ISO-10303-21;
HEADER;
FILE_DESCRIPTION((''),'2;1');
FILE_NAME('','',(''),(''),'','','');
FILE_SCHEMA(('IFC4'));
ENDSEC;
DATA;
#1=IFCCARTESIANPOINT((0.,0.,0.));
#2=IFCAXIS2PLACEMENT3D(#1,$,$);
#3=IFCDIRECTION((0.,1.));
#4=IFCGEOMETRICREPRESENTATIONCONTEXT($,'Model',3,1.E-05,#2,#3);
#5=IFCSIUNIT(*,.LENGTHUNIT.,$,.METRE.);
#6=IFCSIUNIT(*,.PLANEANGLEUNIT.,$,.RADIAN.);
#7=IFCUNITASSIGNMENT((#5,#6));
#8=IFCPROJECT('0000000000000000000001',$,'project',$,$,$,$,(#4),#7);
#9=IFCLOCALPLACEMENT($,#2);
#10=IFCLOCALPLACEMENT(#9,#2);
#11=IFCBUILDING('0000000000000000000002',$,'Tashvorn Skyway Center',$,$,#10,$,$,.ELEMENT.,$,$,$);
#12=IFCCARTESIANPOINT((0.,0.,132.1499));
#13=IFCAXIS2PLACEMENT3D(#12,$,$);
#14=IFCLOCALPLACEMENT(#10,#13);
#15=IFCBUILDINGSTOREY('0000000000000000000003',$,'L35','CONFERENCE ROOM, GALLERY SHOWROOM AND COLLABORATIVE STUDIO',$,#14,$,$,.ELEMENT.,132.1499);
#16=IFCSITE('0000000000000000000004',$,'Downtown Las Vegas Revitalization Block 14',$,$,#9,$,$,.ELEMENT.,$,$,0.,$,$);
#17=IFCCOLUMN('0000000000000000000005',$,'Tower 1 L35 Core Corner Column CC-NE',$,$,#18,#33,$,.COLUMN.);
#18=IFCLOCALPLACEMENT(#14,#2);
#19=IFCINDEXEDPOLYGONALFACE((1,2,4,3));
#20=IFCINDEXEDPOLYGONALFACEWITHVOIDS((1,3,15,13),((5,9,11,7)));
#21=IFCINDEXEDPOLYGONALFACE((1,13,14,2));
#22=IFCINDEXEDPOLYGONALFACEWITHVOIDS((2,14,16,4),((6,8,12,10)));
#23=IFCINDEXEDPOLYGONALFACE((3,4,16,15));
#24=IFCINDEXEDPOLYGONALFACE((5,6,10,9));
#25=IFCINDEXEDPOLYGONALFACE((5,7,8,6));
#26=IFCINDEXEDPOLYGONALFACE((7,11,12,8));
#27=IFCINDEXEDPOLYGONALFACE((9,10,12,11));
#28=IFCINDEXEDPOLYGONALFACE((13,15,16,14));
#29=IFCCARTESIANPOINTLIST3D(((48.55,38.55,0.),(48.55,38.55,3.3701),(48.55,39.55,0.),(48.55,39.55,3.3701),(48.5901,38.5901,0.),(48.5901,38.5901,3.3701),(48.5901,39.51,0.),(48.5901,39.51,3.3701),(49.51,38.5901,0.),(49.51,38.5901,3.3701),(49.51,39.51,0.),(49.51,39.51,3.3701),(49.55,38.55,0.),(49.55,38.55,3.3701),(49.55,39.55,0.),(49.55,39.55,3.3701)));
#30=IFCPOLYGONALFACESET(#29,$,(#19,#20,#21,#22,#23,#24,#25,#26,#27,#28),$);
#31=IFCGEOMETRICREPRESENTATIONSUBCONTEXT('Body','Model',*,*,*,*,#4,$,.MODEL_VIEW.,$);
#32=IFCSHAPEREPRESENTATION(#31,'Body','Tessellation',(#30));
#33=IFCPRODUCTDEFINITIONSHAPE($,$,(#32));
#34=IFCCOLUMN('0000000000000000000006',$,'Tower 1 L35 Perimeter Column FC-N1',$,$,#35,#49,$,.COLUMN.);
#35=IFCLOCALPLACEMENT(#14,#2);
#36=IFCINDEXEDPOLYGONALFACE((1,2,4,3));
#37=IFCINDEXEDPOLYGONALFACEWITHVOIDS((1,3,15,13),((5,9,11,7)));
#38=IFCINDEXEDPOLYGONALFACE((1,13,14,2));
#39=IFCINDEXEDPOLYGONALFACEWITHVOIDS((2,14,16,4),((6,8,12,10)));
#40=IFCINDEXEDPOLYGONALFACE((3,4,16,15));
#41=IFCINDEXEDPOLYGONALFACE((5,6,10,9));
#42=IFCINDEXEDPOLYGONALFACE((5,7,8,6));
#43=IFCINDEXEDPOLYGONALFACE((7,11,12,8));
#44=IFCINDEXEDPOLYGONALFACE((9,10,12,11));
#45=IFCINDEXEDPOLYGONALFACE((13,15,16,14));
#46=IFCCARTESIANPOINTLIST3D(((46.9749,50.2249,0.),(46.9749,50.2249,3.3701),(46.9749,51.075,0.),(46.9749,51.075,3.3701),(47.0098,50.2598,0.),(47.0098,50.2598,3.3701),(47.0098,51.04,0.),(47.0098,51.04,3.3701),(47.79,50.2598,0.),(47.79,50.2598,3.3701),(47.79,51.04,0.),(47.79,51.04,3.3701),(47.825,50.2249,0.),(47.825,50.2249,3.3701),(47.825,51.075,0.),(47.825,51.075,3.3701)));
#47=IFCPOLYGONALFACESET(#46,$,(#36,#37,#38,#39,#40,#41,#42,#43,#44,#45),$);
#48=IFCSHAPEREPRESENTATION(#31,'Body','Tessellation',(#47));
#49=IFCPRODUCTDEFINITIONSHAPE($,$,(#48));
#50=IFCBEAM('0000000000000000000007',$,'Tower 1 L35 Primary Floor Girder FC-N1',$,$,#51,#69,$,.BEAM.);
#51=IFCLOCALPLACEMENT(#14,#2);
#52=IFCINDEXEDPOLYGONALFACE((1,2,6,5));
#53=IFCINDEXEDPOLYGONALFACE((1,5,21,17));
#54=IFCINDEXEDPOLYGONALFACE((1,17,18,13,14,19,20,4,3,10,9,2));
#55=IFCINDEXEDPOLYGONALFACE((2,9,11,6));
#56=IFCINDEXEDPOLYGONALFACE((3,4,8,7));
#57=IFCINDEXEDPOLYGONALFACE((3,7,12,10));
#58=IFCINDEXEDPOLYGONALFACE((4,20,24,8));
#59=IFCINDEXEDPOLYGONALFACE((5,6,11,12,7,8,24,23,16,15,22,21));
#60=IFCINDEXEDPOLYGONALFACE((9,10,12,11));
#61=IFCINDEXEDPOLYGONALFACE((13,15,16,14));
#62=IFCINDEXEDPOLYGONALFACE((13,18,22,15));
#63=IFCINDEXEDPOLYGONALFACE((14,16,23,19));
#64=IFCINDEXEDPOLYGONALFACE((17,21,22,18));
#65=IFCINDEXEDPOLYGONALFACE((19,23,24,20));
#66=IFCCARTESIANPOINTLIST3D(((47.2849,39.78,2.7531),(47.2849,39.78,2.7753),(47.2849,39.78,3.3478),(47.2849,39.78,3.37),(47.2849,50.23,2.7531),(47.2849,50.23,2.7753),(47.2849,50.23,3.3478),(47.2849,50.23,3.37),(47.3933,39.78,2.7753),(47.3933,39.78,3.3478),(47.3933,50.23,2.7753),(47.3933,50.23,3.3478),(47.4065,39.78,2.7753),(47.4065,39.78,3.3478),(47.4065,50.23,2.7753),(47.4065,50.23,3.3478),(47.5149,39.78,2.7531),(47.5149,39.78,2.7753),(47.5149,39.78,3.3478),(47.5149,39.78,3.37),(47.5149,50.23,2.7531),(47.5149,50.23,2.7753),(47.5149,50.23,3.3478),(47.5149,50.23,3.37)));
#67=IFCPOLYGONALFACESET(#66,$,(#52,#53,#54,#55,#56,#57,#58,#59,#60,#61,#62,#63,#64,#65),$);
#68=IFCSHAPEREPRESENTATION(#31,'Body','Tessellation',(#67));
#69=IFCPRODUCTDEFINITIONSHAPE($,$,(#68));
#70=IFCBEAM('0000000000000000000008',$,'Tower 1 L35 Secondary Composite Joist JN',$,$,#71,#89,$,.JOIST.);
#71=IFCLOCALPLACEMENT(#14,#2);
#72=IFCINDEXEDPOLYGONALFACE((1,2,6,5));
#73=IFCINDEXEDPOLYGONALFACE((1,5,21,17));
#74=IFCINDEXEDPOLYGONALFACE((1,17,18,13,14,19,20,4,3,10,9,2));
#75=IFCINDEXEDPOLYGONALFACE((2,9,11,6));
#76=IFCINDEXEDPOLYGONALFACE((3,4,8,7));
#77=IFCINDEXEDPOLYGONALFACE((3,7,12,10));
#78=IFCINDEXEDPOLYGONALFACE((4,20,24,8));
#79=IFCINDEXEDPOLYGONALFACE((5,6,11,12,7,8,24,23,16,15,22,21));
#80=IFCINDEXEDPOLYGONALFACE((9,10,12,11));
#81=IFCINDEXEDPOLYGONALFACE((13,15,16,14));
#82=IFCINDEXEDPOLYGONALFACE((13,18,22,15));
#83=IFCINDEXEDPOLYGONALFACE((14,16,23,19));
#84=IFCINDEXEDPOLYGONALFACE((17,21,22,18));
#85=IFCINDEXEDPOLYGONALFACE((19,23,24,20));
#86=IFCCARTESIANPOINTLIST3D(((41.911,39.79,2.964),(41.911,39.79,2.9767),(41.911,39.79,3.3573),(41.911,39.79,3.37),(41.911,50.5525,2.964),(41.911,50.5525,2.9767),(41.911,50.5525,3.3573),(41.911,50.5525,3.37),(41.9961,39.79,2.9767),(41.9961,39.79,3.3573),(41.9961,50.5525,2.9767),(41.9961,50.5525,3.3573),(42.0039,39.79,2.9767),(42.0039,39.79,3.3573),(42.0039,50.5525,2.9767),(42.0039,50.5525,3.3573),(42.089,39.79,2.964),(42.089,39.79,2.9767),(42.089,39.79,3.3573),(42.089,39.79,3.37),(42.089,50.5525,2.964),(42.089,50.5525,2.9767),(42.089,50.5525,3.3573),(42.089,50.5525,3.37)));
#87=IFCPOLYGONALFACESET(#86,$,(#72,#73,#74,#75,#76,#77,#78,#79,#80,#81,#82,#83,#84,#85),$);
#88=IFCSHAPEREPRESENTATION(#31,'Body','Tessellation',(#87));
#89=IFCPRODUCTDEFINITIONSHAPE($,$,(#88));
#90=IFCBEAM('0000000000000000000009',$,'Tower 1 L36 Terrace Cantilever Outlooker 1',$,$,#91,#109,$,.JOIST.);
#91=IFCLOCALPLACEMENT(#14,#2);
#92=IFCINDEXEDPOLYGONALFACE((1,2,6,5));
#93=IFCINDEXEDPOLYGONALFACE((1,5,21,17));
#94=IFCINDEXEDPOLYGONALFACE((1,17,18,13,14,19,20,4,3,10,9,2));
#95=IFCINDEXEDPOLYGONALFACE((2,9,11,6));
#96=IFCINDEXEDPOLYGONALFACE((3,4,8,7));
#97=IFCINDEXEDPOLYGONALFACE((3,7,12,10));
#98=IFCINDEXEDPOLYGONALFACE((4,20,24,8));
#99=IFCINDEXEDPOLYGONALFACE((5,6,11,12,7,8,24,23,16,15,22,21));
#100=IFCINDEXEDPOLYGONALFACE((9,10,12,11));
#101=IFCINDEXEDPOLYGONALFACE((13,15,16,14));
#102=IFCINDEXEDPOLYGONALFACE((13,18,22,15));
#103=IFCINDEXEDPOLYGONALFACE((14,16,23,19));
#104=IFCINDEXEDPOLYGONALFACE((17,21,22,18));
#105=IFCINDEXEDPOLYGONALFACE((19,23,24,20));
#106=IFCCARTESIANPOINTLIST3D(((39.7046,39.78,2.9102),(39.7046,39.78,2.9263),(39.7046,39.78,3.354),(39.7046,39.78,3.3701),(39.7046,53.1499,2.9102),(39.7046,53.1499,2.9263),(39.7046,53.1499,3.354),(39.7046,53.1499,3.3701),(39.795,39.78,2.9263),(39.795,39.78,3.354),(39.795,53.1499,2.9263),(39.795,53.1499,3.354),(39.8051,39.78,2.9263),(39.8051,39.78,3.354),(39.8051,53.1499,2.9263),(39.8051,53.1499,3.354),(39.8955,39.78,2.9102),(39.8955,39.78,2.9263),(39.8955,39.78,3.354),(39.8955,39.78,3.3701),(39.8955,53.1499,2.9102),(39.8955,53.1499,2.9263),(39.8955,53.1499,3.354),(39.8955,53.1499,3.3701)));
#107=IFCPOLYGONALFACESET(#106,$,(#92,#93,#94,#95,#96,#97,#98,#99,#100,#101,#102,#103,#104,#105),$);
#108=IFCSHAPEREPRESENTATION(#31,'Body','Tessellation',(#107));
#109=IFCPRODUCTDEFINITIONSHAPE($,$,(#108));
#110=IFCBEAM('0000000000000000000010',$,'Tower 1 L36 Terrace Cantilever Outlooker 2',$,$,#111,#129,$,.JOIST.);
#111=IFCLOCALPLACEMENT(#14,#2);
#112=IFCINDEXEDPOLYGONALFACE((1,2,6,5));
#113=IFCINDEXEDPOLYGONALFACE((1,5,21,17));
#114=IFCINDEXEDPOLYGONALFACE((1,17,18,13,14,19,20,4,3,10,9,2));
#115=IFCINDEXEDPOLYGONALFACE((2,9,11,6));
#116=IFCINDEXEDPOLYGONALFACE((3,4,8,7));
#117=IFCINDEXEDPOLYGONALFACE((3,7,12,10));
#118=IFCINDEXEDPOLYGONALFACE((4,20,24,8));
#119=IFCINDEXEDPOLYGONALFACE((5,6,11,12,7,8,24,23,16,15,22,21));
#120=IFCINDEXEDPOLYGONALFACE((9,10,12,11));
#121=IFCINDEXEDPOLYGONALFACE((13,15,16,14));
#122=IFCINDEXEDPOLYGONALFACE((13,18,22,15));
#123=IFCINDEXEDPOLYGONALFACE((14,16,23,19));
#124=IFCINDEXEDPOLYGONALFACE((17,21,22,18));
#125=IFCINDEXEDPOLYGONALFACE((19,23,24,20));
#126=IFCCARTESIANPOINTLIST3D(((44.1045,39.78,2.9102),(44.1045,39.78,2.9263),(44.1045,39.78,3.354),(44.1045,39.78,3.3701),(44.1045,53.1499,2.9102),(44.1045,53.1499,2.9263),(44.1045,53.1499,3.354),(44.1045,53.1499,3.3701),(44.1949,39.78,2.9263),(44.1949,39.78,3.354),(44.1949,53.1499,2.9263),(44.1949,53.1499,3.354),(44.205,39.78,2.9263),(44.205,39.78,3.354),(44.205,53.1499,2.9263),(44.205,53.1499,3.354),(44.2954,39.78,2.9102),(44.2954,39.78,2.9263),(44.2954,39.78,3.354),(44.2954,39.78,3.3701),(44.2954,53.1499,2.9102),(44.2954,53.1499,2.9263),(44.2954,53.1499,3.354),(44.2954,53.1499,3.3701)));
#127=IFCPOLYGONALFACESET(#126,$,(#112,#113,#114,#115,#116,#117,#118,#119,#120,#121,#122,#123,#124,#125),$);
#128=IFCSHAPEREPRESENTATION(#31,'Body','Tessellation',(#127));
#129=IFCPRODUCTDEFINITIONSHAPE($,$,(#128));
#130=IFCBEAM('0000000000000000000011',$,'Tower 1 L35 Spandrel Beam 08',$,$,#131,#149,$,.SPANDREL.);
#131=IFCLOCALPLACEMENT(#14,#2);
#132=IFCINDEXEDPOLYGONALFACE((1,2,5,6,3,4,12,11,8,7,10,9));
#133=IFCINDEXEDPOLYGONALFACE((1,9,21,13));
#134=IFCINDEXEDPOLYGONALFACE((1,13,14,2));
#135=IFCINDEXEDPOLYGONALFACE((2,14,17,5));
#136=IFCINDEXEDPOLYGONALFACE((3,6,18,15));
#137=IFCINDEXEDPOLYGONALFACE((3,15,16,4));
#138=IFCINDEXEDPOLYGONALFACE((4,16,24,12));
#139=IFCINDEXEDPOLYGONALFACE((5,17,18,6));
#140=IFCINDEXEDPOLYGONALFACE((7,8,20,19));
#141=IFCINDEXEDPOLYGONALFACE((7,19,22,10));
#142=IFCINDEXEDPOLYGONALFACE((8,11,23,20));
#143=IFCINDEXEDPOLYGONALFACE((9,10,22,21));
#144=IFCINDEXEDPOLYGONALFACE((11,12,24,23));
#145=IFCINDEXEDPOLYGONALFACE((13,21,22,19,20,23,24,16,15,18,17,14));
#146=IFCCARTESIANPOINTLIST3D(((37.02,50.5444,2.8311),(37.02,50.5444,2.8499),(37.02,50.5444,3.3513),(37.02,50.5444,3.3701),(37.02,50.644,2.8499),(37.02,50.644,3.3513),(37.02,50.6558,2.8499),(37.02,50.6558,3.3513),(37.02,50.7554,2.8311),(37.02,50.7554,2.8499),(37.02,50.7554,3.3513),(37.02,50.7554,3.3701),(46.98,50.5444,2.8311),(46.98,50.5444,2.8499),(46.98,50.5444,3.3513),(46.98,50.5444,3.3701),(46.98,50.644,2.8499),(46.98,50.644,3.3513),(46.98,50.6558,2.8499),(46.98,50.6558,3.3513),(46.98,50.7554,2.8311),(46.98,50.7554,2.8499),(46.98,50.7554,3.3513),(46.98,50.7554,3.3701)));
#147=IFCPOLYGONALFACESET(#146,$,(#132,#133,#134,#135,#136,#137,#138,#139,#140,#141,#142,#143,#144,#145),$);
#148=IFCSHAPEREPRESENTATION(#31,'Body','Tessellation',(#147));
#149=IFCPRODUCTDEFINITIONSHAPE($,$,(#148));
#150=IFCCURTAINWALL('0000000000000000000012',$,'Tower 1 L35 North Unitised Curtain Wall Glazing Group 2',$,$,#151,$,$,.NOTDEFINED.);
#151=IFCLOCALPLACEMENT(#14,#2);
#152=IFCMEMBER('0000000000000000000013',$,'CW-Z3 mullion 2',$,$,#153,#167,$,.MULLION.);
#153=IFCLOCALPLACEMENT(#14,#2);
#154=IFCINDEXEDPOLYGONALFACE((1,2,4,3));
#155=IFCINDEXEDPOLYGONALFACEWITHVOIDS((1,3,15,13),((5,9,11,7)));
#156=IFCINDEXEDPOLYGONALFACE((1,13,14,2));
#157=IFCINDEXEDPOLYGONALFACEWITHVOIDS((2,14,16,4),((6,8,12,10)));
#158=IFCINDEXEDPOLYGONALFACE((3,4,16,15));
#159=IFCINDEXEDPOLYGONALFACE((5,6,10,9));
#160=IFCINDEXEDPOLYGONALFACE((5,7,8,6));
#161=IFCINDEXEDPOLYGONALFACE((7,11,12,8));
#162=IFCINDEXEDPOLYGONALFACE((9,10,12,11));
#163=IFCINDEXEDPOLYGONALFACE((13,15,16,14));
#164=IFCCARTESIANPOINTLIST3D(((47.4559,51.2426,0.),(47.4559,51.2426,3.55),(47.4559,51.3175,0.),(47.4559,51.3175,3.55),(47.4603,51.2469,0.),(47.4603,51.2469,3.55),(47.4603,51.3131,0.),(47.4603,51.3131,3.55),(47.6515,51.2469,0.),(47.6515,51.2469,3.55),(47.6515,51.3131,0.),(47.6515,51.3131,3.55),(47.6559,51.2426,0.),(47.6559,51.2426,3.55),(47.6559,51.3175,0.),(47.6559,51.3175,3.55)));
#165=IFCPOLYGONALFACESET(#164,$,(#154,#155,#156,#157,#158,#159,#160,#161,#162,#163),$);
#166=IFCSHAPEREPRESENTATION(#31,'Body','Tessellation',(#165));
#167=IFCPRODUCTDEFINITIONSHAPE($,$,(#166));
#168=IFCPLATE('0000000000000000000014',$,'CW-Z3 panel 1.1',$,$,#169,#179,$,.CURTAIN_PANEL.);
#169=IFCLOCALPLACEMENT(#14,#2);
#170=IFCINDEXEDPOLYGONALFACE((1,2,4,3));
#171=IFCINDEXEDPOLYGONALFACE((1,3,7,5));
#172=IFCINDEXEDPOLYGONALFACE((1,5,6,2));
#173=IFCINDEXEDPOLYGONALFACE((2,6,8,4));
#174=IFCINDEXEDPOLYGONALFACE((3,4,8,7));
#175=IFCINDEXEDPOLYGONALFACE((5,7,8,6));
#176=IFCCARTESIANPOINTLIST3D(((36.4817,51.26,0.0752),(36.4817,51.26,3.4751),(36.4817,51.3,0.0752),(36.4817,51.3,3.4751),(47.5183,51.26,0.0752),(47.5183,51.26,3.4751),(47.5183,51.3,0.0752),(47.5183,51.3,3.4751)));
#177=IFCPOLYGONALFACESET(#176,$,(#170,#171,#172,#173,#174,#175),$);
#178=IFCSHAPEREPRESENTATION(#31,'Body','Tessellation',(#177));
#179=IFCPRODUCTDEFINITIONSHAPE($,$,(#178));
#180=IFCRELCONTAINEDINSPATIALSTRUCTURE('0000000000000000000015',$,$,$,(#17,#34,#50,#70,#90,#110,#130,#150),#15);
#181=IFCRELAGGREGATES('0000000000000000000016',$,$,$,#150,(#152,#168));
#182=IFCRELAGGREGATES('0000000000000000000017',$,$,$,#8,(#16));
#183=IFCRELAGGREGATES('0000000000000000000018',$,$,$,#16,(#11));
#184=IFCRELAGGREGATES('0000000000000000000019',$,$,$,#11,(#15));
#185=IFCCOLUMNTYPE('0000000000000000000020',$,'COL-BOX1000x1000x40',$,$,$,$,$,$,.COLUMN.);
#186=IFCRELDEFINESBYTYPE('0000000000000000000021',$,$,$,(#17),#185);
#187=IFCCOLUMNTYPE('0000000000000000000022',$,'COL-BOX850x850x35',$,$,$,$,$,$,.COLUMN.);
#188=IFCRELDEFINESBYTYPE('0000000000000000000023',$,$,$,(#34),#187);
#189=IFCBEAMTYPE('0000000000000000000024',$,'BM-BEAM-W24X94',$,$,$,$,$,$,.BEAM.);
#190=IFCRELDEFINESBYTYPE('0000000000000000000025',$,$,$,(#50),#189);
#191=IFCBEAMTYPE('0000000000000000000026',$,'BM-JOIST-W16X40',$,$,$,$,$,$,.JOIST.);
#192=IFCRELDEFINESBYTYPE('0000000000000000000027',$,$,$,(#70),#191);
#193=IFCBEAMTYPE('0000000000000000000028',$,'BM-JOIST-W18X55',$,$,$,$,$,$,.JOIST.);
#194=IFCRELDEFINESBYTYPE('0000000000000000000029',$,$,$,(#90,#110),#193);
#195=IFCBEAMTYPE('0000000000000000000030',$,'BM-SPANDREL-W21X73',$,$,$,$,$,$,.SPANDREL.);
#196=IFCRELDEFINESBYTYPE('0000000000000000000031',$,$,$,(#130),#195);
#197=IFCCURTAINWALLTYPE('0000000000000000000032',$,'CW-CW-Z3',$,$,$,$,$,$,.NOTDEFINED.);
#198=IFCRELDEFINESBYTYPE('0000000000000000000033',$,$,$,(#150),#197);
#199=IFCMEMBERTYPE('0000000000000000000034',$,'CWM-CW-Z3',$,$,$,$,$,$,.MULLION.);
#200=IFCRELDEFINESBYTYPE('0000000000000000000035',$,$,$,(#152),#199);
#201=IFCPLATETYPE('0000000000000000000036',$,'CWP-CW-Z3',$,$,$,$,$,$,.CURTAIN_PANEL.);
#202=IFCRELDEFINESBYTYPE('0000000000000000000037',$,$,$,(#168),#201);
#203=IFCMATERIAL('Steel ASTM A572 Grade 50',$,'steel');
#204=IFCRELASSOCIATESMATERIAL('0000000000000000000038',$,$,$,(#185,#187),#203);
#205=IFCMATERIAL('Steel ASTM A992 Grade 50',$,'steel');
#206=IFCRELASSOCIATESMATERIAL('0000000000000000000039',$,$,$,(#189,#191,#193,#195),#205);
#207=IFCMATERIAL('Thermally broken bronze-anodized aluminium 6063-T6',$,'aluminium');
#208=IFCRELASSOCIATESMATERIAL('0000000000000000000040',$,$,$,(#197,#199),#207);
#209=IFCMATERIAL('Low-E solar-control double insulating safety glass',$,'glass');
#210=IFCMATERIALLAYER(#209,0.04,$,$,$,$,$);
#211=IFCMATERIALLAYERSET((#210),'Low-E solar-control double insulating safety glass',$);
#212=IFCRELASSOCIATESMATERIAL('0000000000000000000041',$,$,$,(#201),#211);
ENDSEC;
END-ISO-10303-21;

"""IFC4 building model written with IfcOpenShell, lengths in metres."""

from ifc_helpers import new_model, si_unit, direction, frame, origin, origin_2d, place, context, subcontext, project, spatial, rectangle, hollow_rectangle, i_section, extrude, material, layer, layer_set, material_profile, profile_set, type_object, element, aggregate, save


model = new_model("IFC4")

# Units and contexts
model_context = context("Model", 3, precision=1e-05, world=origin(), true_north=direction((0.0, 1.0)))
body_context = subcontext(model_context, "Body", "Model", "MODEL_VIEW")
ifc_project = project(units=[si_unit("LENGTHUNIT", "METRE"), si_unit("PLANEANGLEUNIT", "RADIAN")], contexts=[model_context])

# Site, building, storey
site_placement = place(None, origin())
site = spatial("IfcSite", under=ifc_project, at=site_placement, Name="Downtown Las Vegas Revitalization Block 14", CompositionType="ELEMENT", RefElevation=0.0)
building_placement = place(site_placement, origin())
building = spatial("IfcBuilding", under=site, at=building_placement, Name="Tashvorn Skyway Center", CompositionType="ELEMENT")
storey_placement = place(building_placement, frame((0.0, 0.0, 132.1499)))
storey = spatial("IfcBuildingStorey", under=building, at=storey_placement, Name="L35", Description="CONFERENCE ROOM, GALLERY SHOWROOM AND COLLABORATIVE STUDIO", CompositionType="ELEMENT", Elevation=132.1499)

# Columns
ifc_material_1 = material(Name="Steel ASTM A572 Grade 50", Category="steel")
ifc_material_profile_1 = material_profile(ifc_material_1, hollow_rectangle(XDim=1.0, YDim=1.0, WallThickness=0.04, at=origin_2d()), Name="BOX1000x1000x40")
ifc_profile_set_1 = profile_set([ifc_material_profile_1], Name="Steel ASTM A572 Grade 50")
column_type_1 = type_object("IfcColumnType", Name="COL-BOX1000x1000x40", PredefinedType="COLUMN", material=ifc_profile_set_1)
column_1_placement = place(storey_placement, frame((49.05, 39.05, 0.0), z_axis=(0.0, 0.0, 1.0), x_axis=(1.0, 0.0, 0.0)))
element("IfcColumn", 1, at=column_1_placement, inside=storey, type_object=column_type_1, Name="Tower 1 L35 Core Corner Column CC-NE", PredefinedType="COLUMN", context=body_context, shape_type="SweptSolid", body=[
    extrude(hollow_rectangle(XDim=1.0, YDim=1.0, WallThickness=0.04, at=origin_2d()), origin(), (0.0, 0.0, 1.0), 3.3701),
])
ifc_material_profile_2 = material_profile(ifc_material_1, hollow_rectangle(XDim=0.8501, YDim=0.8501, WallThickness=0.0349, at=origin_2d()), Name="BOX850x850x35")
ifc_profile_set_2 = profile_set([ifc_material_profile_2], Name="Steel ASTM A572 Grade 50")
column_type_2 = type_object("IfcColumnType", Name="COL-BOX850x850x35", PredefinedType="COLUMN", material=ifc_profile_set_2)
column_2_placement = place(storey_placement, frame((47.3999, 50.6499, 0.0), z_axis=(0.0, 0.0, 1.0), x_axis=(1.0, 0.0, 0.0)))
element("IfcColumn", 2, at=column_2_placement, inside=storey, type_object=column_type_2, Name="Tower 1 L35 Perimeter Column FC-N1", PredefinedType="COLUMN", context=body_context, shape_type="SweptSolid", body=[
    extrude(hollow_rectangle(XDim=0.8501, YDim=0.8501, WallThickness=0.0349, at=origin_2d()), origin(), (0.0, 0.0, 1.0), 3.3701),
])

# Beams
ifc_material_2 = material(Name="Steel ASTM A992 Grade 50", Category="steel")
ifc_material_profile_3 = material_profile(ifc_material_2, i_section(OverallWidth=0.23, OverallDepth=0.6169, WebThickness=0.0132, FlangeThickness=0.0222, at=origin_2d()), Name="W24X94")
ifc_profile_set_3 = profile_set([ifc_material_profile_3], Name="Steel ASTM A992 Grade 50")
beam_type_1 = type_object("IfcBeamType", Name="BM-BEAM-W24X94", PredefinedType="BEAM", material=ifc_profile_set_3)
beam_1_placement = place(storey_placement, frame((47.3999, 50.23, 3.0615), z_axis=(0.0, -1.0, 0.0), x_axis=(1.0, 0.0, 0.0)))
element("IfcBeam", 3, at=beam_1_placement, inside=storey, type_object=beam_type_1, Name="Tower 1 L35 Primary Floor Girder FC-N1", PredefinedType="BEAM", context=body_context, shape_type="SweptSolid", body=[
    extrude(i_section(OverallWidth=0.23, OverallDepth=0.6169, WebThickness=0.0132, FlangeThickness=0.0222, at=origin_2d()), origin(), (0.0, 0.0, 1.0), 10.45),
])
ifc_material_profile_4 = material_profile(ifc_material_2, i_section(OverallWidth=0.178, OverallDepth=0.406, WebThickness=0.0078, FlangeThickness=0.0127, at=origin_2d()), Name="W16X40")
ifc_profile_set_4 = profile_set([ifc_material_profile_4], Name="Steel ASTM A992 Grade 50")
beam_type_2 = type_object("IfcBeamType", Name="BM-JOIST-W16X40", PredefinedType="JOIST", material=ifc_profile_set_4)
beam_2_placement = place(storey_placement, frame((42.0, 39.79, 3.167), z_axis=(0.0, 1.0, 0.0), x_axis=(-1.0, 0.0, 0.0)))
element("IfcBeam", 4, at=beam_2_placement, inside=storey, type_object=beam_type_2, Name="Tower 1 L35 Secondary Composite Joist JN", PredefinedType="JOIST", context=body_context, shape_type="SweptSolid", body=[
    extrude(i_section(OverallWidth=0.178, OverallDepth=0.406, WebThickness=0.0078, FlangeThickness=0.0127, at=origin_2d()), origin(), (0.0, 0.0, 1.0), 10.7625),
])
ifc_material_profile_5 = material_profile(ifc_material_2, i_section(OverallWidth=0.1909, OverallDepth=0.46, WebThickness=0.01, FlangeThickness=0.0161, at=origin_2d()), Name="W18X55")
ifc_profile_set_5 = profile_set([ifc_material_profile_5], Name="Steel ASTM A992 Grade 50")
beam_type_3 = type_object("IfcBeamType", Name="BM-JOIST-W18X55", PredefinedType="JOIST", material=ifc_profile_set_5)
for number, where, z_axis, x_axis, name in (
    (5, (39.8, 39.78, 3.1401), (0.0, 1.0, 0.0), (-1.0, 0.0, 0.0), "Tower 1 L36 Terrace Cantilever Outlooker 1"),
    (6, (44.2, 39.78, 3.1401), (0.0, 1.0, 0.0), (-1.0, 0.0, 0.0), "Tower 1 L36 Terrace Cantilever Outlooker 2"),
):
    element("IfcBeam", number, at=place(storey_placement, frame(where, z_axis=z_axis, x_axis=x_axis)), inside=storey, type_object=beam_type_3, Name=name, PredefinedType="JOIST", context=body_context, shape_type="SweptSolid", body=[
        extrude(i_section(OverallWidth=0.1909, OverallDepth=0.46, WebThickness=0.01, FlangeThickness=0.0161, at=origin_2d()), origin(), (0.0, 0.0, 1.0), 13.3699),
    ])
ifc_material_profile_6 = material_profile(ifc_material_2, i_section(OverallWidth=0.2109, OverallDepth=0.5391, WebThickness=0.0117, FlangeThickness=0.0188, at=origin_2d()), Name="W21X73")
ifc_profile_set_6 = profile_set([ifc_material_profile_6], Name="Steel ASTM A992 Grade 50")
beam_type_4 = type_object("IfcBeamType", Name="BM-SPANDREL-W21X73", PredefinedType="SPANDREL", material=ifc_profile_set_6)
beam_3_placement = place(storey_placement, frame((46.98, 50.6499, 3.1006), z_axis=(-1.0, 0.0, 0.0), x_axis=(0.0, -1.0, 0.0)))
element("IfcBeam", 7, at=beam_3_placement, inside=storey, type_object=beam_type_4, Name="Tower 1 L35 Spandrel Beam 08", PredefinedType="SPANDREL", context=body_context, shape_type="SweptSolid", body=[
    extrude(i_section(OverallWidth=0.2109, OverallDepth=0.5391, WebThickness=0.0117, FlangeThickness=0.0188, at=origin_2d()), origin(), (0.0, 0.0, 1.0), 9.96),
])

# Curtain wall, member, plate
ifc_material_3 = material(Name="Thermally broken bronze-anodized aluminium 6063-T6", Category="aluminium")
curtain_wall_type = type_object("IfcCurtainWallType", Name="CW-CW-Z3", PredefinedType="NOTDEFINED", material=ifc_material_3)
curtain_wall_placement = place(storey_placement, origin())
curtain_wall = element("IfcCurtainWall", 8, at=curtain_wall_placement, inside=storey, type_object=curtain_wall_type, Name="Tower 1 L35 North Unitised Curtain Wall Glazing Group 2", PredefinedType="NOTDEFINED")
ifc_material_profile_7 = material_profile(ifc_material_3, hollow_rectangle(XDim=0.075, YDim=0.2, WallThickness=0.0044, at=origin_2d()), Name="ALU-MULL-75x200")
ifc_profile_set_7 = profile_set([ifc_material_profile_7], Name="Thermally broken bronze-anodized aluminium 6063-T6")
member_type = type_object("IfcMemberType", Name="CWM-CW-Z3", PredefinedType="MULLION", material=ifc_profile_set_7)
member_placement = place(storey_placement, frame((47.5559, 51.28, 0.0), z_axis=(0.0, 0.0, 1.0), x_axis=(0.0, 1.0, 0.0)))
member = element("IfcMember", 9, at=member_placement, type_object=member_type, Name="CW-Z3 mullion 2", PredefinedType="MULLION", context=body_context, shape_type="SweptSolid", body=[
    extrude(hollow_rectangle(XDim=0.075, YDim=0.2, WallThickness=0.0044, at=origin_2d()), origin(), (0.0, 0.0, 1.0), 3.55),
])
ifc_material_4 = material(Name="Low-E solar-control double insulating safety glass", Category="glass")
ifc_layer_1 = layer(ifc_material_4, 0.04)
ifc_layer_set_1 = layer_set([ifc_layer_1], Name="Low-E solar-control double insulating safety glass")
plate_type = type_object("IfcPlateType", Name="CWP-CW-Z3", PredefinedType="CURTAIN_PANEL", material=ifc_layer_set_1)
plate_placement = place(storey_placement, frame((42.0, 51.28, 0.0752), z_axis=(0.0, 0.0, 1.0), x_axis=(1.0, 0.0, 0.0)))
plate = element("IfcPlate", 10, at=plate_placement, type_object=plate_type, Name="CW-Z3 panel 1.1", PredefinedType="CURTAIN_PANEL", context=body_context, shape_type="SweptSolid", body=[
    extrude(rectangle(XDim=11.0366, YDim=0.04, at=origin_2d()), origin(), (0.0, 0.0, 1.0), 3.3999),
])
aggregate(curtain_wall, [member, plate])

save(model, "model.ifc")
